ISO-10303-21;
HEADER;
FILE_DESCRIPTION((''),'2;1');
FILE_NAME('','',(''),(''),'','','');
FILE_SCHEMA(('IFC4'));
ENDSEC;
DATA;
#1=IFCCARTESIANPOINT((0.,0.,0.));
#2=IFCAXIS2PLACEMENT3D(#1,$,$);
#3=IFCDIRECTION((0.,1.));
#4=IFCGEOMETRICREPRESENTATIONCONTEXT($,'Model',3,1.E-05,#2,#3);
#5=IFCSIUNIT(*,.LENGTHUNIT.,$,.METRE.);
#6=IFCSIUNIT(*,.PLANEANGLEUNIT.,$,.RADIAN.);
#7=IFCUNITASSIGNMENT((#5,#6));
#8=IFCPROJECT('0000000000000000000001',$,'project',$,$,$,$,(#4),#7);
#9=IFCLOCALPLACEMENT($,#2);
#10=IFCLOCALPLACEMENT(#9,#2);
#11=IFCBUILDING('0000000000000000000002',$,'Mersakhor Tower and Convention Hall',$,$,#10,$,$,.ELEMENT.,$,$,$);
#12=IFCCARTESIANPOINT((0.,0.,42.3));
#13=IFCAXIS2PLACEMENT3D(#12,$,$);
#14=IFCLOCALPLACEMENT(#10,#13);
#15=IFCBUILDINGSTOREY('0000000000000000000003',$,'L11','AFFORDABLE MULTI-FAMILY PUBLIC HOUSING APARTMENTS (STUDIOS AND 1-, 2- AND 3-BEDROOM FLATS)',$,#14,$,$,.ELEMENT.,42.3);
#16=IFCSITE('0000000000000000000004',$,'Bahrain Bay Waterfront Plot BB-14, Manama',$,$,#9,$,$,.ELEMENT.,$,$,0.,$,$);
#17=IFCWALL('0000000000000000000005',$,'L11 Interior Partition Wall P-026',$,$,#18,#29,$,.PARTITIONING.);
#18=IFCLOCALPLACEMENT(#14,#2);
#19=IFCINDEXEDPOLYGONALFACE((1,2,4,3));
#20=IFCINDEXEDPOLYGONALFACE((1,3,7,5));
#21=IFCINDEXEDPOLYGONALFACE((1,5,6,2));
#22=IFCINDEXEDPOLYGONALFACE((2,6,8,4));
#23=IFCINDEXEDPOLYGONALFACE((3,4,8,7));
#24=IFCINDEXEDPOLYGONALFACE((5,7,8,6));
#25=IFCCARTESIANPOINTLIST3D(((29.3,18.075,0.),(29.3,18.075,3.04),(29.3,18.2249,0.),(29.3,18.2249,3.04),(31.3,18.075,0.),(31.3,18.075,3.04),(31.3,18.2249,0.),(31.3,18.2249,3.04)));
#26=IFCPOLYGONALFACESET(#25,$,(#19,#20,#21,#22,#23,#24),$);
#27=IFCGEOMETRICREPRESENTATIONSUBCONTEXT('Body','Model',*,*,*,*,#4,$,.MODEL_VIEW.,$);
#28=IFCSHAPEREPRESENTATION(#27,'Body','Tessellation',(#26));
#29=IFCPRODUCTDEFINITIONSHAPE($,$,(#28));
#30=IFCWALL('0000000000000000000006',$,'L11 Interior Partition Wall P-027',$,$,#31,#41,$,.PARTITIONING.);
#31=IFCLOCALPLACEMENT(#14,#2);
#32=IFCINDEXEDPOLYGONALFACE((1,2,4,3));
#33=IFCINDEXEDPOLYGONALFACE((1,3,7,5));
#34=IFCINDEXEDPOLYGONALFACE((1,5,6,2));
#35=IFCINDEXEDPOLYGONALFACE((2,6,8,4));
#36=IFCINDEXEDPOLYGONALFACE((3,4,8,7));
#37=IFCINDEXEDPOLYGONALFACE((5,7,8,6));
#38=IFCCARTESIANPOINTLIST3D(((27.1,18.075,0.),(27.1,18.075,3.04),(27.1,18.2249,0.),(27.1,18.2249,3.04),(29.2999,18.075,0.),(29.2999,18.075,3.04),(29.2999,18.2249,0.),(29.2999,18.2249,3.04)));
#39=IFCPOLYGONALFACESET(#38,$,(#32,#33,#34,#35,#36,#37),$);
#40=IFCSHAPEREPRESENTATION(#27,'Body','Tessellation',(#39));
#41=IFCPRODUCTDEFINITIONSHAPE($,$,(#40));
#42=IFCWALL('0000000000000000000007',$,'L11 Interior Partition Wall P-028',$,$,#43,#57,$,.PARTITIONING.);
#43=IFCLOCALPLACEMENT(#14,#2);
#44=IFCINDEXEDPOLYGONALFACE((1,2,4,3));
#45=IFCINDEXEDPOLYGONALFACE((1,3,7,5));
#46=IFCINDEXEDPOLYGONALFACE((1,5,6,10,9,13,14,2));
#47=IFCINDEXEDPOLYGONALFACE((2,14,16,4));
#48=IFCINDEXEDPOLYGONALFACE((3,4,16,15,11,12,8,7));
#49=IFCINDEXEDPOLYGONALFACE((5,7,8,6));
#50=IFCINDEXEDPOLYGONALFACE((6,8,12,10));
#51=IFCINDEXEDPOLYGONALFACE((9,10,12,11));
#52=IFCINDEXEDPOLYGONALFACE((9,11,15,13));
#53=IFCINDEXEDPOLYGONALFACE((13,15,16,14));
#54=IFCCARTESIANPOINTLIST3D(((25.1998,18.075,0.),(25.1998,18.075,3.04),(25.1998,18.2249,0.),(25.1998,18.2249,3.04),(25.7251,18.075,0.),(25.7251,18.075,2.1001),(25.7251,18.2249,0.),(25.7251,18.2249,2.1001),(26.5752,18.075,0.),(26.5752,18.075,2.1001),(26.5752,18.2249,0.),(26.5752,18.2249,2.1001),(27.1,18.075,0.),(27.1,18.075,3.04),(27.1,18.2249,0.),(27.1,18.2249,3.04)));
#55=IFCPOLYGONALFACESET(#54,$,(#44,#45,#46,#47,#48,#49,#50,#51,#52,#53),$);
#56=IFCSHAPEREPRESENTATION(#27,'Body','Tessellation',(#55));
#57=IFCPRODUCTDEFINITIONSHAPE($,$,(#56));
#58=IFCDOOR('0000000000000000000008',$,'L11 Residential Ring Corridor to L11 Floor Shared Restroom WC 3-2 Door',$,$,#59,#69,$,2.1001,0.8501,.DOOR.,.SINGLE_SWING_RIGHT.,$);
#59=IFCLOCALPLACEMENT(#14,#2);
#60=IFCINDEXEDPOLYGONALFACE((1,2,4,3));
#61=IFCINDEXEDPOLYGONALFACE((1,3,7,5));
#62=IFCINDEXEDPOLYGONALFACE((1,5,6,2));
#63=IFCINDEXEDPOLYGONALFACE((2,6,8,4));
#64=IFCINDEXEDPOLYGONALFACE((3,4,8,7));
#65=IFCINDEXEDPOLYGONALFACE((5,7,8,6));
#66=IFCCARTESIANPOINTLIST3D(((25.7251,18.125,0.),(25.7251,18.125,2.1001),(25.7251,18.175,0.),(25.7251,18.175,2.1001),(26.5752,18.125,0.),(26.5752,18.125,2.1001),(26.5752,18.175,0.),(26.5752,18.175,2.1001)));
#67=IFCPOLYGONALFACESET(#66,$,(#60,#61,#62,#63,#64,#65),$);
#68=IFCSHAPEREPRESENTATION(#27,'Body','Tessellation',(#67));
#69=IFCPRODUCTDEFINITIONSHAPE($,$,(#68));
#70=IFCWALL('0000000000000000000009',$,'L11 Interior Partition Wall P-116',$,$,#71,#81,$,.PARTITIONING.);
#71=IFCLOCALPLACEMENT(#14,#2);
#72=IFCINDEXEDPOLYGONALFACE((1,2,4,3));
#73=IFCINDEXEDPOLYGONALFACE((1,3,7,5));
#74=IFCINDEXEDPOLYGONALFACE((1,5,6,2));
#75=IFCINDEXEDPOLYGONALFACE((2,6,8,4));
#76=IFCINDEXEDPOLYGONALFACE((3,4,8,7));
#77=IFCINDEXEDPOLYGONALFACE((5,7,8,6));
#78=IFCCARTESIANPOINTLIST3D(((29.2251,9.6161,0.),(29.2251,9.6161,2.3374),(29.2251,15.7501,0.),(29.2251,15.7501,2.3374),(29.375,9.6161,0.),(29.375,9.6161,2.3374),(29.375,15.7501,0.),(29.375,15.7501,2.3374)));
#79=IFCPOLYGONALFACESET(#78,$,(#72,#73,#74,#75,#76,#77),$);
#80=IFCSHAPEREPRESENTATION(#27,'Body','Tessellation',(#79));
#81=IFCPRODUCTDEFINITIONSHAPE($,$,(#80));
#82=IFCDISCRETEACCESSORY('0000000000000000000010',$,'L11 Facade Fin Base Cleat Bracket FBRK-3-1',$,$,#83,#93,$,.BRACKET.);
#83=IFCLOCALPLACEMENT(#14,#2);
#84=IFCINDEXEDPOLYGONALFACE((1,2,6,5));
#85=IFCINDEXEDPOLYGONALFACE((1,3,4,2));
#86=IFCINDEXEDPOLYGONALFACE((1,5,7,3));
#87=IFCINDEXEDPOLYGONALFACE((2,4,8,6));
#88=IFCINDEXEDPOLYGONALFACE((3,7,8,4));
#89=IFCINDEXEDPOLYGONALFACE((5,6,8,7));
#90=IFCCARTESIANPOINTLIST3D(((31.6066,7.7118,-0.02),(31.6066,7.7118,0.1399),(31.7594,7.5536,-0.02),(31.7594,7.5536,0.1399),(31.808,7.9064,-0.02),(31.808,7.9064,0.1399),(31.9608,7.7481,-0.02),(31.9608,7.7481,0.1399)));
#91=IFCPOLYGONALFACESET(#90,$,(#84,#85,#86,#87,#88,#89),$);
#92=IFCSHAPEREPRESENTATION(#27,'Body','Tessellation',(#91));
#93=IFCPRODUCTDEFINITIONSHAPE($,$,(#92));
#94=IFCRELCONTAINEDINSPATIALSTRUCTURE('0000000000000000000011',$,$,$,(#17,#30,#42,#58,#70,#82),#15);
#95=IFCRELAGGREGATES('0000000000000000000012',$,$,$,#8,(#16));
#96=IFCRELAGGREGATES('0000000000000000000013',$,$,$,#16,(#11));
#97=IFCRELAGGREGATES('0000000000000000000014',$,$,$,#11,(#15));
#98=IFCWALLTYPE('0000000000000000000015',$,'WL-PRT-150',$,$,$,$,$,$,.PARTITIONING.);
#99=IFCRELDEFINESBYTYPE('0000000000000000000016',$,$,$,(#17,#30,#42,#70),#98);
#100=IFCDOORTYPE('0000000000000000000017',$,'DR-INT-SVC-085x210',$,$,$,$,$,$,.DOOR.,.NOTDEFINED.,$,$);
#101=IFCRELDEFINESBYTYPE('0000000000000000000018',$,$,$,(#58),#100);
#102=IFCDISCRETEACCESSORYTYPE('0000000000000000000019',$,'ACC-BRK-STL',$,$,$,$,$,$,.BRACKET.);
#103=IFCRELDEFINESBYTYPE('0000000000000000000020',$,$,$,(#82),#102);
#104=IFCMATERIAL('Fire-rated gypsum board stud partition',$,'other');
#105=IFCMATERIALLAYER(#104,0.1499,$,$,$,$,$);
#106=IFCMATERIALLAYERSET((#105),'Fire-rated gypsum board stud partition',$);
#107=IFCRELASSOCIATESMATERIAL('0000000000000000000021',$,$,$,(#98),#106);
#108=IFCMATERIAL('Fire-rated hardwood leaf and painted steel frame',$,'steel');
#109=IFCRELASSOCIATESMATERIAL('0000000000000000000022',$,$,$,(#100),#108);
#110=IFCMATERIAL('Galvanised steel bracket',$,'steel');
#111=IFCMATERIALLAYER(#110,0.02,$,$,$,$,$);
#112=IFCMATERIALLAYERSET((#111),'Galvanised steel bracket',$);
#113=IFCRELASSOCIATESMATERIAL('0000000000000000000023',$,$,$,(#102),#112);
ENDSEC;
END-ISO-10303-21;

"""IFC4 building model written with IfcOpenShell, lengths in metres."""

from ifc_helpers import new_model, si_unit, direction, frame, frame_2d, origin, origin_2d, place, context, subcontext, project, spatial, rectangle, extrude, material, layer, layer_set, type_object, element, fill, save


model = new_model("IFC4")

# Units and contexts
model_context = context("Model", 3, precision=1e-05, world=origin(), true_north=direction((0.0, 1.0)))
body_context = subcontext(model_context, "Body", "Model", "MODEL_VIEW")
ifc_project = project(units=[si_unit("LENGTHUNIT", "METRE"), si_unit("PLANEANGLEUNIT", "RADIAN")], contexts=[model_context])

# Site, building, storey
site_placement = place(None, origin())
site = spatial("IfcSite", under=ifc_project, at=site_placement, Name="Bahrain Bay Waterfront Plot BB-14, Manama", CompositionType="ELEMENT", RefElevation=0.0)
building_placement = place(site_placement, origin())
building = spatial("IfcBuilding", under=site, at=building_placement, Name="Mersakhor Tower and Convention Hall", CompositionType="ELEMENT")
storey_placement = place(building_placement, frame((0.0, 0.0, 42.3)))
storey = spatial("IfcBuildingStorey", under=building, at=storey_placement, Name="L11", Description="AFFORDABLE MULTI-FAMILY PUBLIC HOUSING APARTMENTS (STUDIOS AND 1-, 2- AND 3-BEDROOM FLATS)", CompositionType="ELEMENT", Elevation=42.3)

# Shared definitions
ifc_material_1 = material(Name="Fire-rated gypsum board stud partition", Category="other")
ifc_layer_1 = layer(ifc_material_1, 0.1499)
ifc_layer_set_1 = layer_set([ifc_layer_1], Name="Fire-rated gypsum board stud partition")
wall_type_1 = type_object("IfcWallType", Name="WL-PRT-150", PredefinedType="PARTITIONING", material=ifc_layer_set_1)

# Walls
wall_1_placement = place(storey_placement, frame((31.3, 18.1499, 0.0), z_axis=(0.0, 0.0, 1.0), x_axis=(-1.0, 0.0, 0.0)))
element("IfcWall", 1, at=wall_1_placement, inside=storey, type_object=wall_type_1, Name="L11 Interior Partition Wall P-026", PredefinedType="PARTITIONING", context=body_context, shape_type="SweptSolid", body=[
    extrude(rectangle(XDim=2.0, YDim=0.1499, at=frame_2d((1.0, 0.0))), origin(), (0.0, 0.0, 1.0), 3.04),
])
wall_2_placement = place(storey_placement, frame((29.3, 18.1499, 0.0), z_axis=(0.0, 0.0, 1.0), x_axis=(-1.0, 0.0, 0.0)))
element("IfcWall", 2, at=wall_2_placement, inside=storey, type_object=wall_type_1, Name="L11 Interior Partition Wall P-027", PredefinedType="PARTITIONING", context=body_context, shape_type="SweptSolid", body=[
    extrude(rectangle(XDim=2.2, YDim=0.1499, at=frame_2d((1.1001, 0.0))), origin(), (0.0, 0.0, 1.0), 3.04),
])

# Wall, opening, door
wall_3_placement = place(storey_placement, frame((27.1001, 18.1499, 0.0), z_axis=(0.0, 0.0, 1.0), x_axis=(-1.0, 0.0, 0.0)))
wall_3 = element("IfcWall", 3, at=wall_3_placement, inside=storey, type_object=wall_type_1, Name="L11 Interior Partition Wall P-028", PredefinedType="PARTITIONING", context=body_context, shape_type="SweptSolid", body=[
    extrude(rectangle(XDim=1.9001, YDim=0.1499, at=frame_2d((0.9502, 0.0))), origin(), (0.0, 0.0, 1.0), 3.04),
])
opening_1_placement = place(wall_3_placement, frame((0.5249, 0.0, 0.0)))
opening_1 = element("IfcOpeningElement", 4, at=opening_1_placement, cuts=wall_3, PredefinedType="OPENING", context=body_context, shape_type="SweptSolid", body=[
    extrude(rectangle(XDim=0.8501, YDim=2.1001, at=frame_2d((0.425, 1.05))), frame((0.0, 0.085, 0.0), z_axis=(0.0, -1.0, 0.0), x_axis=(1.0, 0.0, 0.0)), (0.0, 0.0, 1.0), 0.1699),
])
ifc_material_2 = material(Name="Fire-rated hardwood leaf and painted steel frame", Category="steel")
door_type_1 = type_object("IfcDoorType", Name="DR-INT-SVC-085x210", OperationType="NOTDEFINED", PredefinedType="DOOR", material=ifc_material_2)
door_1_placement = place(opening_1_placement, origin())
door_1 = element("IfcDoor", 5, at=door_1_placement, inside=storey, type_object=door_type_1, Name="L11 Residential Ring Corridor to L11 Floor Shared Restroom WC 3-2 Door", OperationType="SINGLE_SWING_RIGHT", OverallHeight=2.1001, OverallWidth=0.8501, PredefinedType="DOOR", context=body_context, shape_type="SweptSolid", body=[
    extrude(rectangle(XDim=0.8501, YDim=2.1001, at=frame_2d((0.425, 1.05))), frame((0.0, 0.0249, 0.0), z_axis=(0.0, -1.0, 0.0), x_axis=(1.0, 0.0, 0.0)), (0.0, 0.0, 1.0), 0.05),
])
fill(opening_1, door_1)

# Wall
wall_4_placement = place(storey_placement, frame((29.3, 15.75, 0.0), z_axis=(0.0, 0.0, 1.0), x_axis=(0.0, -1.0, 0.0)))
element("IfcWall", 6, at=wall_4_placement, inside=storey, type_object=wall_type_1, Name="L11 Interior Partition Wall P-116", PredefinedType="PARTITIONING", context=body_context, shape_type="SweptSolid", body=[
    extrude(rectangle(XDim=6.134, YDim=0.1499, at=frame_2d((3.0669, 0.0))), origin(), (0.0, 0.0, 1.0), 2.3374),
])

# Discrete accessory
ifc_material_3 = material(Name="Galvanised steel bracket", Category="steel")
ifc_layer_2 = layer(ifc_material_3, 0.02)
ifc_layer_set_2 = layer_set([ifc_layer_2], Name="Galvanised steel bracket")
discrete_accessory_type = type_object("IfcDiscreteAccessoryType", Name="ACC-BRK-STL", PredefinedType="BRACKET", material=ifc_layer_set_2)
discrete_accessory_placement = place(storey_placement, frame((31.7837, 7.73, -0.02), z_axis=(0.0, 0.0, 1.0), x_axis=(-0.71934, -0.694658, 0.0)))
element("IfcDiscreteAccessory", 7, at=discrete_accessory_placement, inside=storey, type_object=discrete_accessory_type, Name="L11 Facade Fin Base Cleat Bracket FBRK-3-1", PredefinedType="BRACKET", context=body_context, shape_type="SweptSolid", body=[
    extrude(rectangle(XDim=0.28, YDim=0.22, at=origin_2d()), origin(), (0.0, 0.0, 1.0), 0.1599),
])

save(model, "model.ifc")
